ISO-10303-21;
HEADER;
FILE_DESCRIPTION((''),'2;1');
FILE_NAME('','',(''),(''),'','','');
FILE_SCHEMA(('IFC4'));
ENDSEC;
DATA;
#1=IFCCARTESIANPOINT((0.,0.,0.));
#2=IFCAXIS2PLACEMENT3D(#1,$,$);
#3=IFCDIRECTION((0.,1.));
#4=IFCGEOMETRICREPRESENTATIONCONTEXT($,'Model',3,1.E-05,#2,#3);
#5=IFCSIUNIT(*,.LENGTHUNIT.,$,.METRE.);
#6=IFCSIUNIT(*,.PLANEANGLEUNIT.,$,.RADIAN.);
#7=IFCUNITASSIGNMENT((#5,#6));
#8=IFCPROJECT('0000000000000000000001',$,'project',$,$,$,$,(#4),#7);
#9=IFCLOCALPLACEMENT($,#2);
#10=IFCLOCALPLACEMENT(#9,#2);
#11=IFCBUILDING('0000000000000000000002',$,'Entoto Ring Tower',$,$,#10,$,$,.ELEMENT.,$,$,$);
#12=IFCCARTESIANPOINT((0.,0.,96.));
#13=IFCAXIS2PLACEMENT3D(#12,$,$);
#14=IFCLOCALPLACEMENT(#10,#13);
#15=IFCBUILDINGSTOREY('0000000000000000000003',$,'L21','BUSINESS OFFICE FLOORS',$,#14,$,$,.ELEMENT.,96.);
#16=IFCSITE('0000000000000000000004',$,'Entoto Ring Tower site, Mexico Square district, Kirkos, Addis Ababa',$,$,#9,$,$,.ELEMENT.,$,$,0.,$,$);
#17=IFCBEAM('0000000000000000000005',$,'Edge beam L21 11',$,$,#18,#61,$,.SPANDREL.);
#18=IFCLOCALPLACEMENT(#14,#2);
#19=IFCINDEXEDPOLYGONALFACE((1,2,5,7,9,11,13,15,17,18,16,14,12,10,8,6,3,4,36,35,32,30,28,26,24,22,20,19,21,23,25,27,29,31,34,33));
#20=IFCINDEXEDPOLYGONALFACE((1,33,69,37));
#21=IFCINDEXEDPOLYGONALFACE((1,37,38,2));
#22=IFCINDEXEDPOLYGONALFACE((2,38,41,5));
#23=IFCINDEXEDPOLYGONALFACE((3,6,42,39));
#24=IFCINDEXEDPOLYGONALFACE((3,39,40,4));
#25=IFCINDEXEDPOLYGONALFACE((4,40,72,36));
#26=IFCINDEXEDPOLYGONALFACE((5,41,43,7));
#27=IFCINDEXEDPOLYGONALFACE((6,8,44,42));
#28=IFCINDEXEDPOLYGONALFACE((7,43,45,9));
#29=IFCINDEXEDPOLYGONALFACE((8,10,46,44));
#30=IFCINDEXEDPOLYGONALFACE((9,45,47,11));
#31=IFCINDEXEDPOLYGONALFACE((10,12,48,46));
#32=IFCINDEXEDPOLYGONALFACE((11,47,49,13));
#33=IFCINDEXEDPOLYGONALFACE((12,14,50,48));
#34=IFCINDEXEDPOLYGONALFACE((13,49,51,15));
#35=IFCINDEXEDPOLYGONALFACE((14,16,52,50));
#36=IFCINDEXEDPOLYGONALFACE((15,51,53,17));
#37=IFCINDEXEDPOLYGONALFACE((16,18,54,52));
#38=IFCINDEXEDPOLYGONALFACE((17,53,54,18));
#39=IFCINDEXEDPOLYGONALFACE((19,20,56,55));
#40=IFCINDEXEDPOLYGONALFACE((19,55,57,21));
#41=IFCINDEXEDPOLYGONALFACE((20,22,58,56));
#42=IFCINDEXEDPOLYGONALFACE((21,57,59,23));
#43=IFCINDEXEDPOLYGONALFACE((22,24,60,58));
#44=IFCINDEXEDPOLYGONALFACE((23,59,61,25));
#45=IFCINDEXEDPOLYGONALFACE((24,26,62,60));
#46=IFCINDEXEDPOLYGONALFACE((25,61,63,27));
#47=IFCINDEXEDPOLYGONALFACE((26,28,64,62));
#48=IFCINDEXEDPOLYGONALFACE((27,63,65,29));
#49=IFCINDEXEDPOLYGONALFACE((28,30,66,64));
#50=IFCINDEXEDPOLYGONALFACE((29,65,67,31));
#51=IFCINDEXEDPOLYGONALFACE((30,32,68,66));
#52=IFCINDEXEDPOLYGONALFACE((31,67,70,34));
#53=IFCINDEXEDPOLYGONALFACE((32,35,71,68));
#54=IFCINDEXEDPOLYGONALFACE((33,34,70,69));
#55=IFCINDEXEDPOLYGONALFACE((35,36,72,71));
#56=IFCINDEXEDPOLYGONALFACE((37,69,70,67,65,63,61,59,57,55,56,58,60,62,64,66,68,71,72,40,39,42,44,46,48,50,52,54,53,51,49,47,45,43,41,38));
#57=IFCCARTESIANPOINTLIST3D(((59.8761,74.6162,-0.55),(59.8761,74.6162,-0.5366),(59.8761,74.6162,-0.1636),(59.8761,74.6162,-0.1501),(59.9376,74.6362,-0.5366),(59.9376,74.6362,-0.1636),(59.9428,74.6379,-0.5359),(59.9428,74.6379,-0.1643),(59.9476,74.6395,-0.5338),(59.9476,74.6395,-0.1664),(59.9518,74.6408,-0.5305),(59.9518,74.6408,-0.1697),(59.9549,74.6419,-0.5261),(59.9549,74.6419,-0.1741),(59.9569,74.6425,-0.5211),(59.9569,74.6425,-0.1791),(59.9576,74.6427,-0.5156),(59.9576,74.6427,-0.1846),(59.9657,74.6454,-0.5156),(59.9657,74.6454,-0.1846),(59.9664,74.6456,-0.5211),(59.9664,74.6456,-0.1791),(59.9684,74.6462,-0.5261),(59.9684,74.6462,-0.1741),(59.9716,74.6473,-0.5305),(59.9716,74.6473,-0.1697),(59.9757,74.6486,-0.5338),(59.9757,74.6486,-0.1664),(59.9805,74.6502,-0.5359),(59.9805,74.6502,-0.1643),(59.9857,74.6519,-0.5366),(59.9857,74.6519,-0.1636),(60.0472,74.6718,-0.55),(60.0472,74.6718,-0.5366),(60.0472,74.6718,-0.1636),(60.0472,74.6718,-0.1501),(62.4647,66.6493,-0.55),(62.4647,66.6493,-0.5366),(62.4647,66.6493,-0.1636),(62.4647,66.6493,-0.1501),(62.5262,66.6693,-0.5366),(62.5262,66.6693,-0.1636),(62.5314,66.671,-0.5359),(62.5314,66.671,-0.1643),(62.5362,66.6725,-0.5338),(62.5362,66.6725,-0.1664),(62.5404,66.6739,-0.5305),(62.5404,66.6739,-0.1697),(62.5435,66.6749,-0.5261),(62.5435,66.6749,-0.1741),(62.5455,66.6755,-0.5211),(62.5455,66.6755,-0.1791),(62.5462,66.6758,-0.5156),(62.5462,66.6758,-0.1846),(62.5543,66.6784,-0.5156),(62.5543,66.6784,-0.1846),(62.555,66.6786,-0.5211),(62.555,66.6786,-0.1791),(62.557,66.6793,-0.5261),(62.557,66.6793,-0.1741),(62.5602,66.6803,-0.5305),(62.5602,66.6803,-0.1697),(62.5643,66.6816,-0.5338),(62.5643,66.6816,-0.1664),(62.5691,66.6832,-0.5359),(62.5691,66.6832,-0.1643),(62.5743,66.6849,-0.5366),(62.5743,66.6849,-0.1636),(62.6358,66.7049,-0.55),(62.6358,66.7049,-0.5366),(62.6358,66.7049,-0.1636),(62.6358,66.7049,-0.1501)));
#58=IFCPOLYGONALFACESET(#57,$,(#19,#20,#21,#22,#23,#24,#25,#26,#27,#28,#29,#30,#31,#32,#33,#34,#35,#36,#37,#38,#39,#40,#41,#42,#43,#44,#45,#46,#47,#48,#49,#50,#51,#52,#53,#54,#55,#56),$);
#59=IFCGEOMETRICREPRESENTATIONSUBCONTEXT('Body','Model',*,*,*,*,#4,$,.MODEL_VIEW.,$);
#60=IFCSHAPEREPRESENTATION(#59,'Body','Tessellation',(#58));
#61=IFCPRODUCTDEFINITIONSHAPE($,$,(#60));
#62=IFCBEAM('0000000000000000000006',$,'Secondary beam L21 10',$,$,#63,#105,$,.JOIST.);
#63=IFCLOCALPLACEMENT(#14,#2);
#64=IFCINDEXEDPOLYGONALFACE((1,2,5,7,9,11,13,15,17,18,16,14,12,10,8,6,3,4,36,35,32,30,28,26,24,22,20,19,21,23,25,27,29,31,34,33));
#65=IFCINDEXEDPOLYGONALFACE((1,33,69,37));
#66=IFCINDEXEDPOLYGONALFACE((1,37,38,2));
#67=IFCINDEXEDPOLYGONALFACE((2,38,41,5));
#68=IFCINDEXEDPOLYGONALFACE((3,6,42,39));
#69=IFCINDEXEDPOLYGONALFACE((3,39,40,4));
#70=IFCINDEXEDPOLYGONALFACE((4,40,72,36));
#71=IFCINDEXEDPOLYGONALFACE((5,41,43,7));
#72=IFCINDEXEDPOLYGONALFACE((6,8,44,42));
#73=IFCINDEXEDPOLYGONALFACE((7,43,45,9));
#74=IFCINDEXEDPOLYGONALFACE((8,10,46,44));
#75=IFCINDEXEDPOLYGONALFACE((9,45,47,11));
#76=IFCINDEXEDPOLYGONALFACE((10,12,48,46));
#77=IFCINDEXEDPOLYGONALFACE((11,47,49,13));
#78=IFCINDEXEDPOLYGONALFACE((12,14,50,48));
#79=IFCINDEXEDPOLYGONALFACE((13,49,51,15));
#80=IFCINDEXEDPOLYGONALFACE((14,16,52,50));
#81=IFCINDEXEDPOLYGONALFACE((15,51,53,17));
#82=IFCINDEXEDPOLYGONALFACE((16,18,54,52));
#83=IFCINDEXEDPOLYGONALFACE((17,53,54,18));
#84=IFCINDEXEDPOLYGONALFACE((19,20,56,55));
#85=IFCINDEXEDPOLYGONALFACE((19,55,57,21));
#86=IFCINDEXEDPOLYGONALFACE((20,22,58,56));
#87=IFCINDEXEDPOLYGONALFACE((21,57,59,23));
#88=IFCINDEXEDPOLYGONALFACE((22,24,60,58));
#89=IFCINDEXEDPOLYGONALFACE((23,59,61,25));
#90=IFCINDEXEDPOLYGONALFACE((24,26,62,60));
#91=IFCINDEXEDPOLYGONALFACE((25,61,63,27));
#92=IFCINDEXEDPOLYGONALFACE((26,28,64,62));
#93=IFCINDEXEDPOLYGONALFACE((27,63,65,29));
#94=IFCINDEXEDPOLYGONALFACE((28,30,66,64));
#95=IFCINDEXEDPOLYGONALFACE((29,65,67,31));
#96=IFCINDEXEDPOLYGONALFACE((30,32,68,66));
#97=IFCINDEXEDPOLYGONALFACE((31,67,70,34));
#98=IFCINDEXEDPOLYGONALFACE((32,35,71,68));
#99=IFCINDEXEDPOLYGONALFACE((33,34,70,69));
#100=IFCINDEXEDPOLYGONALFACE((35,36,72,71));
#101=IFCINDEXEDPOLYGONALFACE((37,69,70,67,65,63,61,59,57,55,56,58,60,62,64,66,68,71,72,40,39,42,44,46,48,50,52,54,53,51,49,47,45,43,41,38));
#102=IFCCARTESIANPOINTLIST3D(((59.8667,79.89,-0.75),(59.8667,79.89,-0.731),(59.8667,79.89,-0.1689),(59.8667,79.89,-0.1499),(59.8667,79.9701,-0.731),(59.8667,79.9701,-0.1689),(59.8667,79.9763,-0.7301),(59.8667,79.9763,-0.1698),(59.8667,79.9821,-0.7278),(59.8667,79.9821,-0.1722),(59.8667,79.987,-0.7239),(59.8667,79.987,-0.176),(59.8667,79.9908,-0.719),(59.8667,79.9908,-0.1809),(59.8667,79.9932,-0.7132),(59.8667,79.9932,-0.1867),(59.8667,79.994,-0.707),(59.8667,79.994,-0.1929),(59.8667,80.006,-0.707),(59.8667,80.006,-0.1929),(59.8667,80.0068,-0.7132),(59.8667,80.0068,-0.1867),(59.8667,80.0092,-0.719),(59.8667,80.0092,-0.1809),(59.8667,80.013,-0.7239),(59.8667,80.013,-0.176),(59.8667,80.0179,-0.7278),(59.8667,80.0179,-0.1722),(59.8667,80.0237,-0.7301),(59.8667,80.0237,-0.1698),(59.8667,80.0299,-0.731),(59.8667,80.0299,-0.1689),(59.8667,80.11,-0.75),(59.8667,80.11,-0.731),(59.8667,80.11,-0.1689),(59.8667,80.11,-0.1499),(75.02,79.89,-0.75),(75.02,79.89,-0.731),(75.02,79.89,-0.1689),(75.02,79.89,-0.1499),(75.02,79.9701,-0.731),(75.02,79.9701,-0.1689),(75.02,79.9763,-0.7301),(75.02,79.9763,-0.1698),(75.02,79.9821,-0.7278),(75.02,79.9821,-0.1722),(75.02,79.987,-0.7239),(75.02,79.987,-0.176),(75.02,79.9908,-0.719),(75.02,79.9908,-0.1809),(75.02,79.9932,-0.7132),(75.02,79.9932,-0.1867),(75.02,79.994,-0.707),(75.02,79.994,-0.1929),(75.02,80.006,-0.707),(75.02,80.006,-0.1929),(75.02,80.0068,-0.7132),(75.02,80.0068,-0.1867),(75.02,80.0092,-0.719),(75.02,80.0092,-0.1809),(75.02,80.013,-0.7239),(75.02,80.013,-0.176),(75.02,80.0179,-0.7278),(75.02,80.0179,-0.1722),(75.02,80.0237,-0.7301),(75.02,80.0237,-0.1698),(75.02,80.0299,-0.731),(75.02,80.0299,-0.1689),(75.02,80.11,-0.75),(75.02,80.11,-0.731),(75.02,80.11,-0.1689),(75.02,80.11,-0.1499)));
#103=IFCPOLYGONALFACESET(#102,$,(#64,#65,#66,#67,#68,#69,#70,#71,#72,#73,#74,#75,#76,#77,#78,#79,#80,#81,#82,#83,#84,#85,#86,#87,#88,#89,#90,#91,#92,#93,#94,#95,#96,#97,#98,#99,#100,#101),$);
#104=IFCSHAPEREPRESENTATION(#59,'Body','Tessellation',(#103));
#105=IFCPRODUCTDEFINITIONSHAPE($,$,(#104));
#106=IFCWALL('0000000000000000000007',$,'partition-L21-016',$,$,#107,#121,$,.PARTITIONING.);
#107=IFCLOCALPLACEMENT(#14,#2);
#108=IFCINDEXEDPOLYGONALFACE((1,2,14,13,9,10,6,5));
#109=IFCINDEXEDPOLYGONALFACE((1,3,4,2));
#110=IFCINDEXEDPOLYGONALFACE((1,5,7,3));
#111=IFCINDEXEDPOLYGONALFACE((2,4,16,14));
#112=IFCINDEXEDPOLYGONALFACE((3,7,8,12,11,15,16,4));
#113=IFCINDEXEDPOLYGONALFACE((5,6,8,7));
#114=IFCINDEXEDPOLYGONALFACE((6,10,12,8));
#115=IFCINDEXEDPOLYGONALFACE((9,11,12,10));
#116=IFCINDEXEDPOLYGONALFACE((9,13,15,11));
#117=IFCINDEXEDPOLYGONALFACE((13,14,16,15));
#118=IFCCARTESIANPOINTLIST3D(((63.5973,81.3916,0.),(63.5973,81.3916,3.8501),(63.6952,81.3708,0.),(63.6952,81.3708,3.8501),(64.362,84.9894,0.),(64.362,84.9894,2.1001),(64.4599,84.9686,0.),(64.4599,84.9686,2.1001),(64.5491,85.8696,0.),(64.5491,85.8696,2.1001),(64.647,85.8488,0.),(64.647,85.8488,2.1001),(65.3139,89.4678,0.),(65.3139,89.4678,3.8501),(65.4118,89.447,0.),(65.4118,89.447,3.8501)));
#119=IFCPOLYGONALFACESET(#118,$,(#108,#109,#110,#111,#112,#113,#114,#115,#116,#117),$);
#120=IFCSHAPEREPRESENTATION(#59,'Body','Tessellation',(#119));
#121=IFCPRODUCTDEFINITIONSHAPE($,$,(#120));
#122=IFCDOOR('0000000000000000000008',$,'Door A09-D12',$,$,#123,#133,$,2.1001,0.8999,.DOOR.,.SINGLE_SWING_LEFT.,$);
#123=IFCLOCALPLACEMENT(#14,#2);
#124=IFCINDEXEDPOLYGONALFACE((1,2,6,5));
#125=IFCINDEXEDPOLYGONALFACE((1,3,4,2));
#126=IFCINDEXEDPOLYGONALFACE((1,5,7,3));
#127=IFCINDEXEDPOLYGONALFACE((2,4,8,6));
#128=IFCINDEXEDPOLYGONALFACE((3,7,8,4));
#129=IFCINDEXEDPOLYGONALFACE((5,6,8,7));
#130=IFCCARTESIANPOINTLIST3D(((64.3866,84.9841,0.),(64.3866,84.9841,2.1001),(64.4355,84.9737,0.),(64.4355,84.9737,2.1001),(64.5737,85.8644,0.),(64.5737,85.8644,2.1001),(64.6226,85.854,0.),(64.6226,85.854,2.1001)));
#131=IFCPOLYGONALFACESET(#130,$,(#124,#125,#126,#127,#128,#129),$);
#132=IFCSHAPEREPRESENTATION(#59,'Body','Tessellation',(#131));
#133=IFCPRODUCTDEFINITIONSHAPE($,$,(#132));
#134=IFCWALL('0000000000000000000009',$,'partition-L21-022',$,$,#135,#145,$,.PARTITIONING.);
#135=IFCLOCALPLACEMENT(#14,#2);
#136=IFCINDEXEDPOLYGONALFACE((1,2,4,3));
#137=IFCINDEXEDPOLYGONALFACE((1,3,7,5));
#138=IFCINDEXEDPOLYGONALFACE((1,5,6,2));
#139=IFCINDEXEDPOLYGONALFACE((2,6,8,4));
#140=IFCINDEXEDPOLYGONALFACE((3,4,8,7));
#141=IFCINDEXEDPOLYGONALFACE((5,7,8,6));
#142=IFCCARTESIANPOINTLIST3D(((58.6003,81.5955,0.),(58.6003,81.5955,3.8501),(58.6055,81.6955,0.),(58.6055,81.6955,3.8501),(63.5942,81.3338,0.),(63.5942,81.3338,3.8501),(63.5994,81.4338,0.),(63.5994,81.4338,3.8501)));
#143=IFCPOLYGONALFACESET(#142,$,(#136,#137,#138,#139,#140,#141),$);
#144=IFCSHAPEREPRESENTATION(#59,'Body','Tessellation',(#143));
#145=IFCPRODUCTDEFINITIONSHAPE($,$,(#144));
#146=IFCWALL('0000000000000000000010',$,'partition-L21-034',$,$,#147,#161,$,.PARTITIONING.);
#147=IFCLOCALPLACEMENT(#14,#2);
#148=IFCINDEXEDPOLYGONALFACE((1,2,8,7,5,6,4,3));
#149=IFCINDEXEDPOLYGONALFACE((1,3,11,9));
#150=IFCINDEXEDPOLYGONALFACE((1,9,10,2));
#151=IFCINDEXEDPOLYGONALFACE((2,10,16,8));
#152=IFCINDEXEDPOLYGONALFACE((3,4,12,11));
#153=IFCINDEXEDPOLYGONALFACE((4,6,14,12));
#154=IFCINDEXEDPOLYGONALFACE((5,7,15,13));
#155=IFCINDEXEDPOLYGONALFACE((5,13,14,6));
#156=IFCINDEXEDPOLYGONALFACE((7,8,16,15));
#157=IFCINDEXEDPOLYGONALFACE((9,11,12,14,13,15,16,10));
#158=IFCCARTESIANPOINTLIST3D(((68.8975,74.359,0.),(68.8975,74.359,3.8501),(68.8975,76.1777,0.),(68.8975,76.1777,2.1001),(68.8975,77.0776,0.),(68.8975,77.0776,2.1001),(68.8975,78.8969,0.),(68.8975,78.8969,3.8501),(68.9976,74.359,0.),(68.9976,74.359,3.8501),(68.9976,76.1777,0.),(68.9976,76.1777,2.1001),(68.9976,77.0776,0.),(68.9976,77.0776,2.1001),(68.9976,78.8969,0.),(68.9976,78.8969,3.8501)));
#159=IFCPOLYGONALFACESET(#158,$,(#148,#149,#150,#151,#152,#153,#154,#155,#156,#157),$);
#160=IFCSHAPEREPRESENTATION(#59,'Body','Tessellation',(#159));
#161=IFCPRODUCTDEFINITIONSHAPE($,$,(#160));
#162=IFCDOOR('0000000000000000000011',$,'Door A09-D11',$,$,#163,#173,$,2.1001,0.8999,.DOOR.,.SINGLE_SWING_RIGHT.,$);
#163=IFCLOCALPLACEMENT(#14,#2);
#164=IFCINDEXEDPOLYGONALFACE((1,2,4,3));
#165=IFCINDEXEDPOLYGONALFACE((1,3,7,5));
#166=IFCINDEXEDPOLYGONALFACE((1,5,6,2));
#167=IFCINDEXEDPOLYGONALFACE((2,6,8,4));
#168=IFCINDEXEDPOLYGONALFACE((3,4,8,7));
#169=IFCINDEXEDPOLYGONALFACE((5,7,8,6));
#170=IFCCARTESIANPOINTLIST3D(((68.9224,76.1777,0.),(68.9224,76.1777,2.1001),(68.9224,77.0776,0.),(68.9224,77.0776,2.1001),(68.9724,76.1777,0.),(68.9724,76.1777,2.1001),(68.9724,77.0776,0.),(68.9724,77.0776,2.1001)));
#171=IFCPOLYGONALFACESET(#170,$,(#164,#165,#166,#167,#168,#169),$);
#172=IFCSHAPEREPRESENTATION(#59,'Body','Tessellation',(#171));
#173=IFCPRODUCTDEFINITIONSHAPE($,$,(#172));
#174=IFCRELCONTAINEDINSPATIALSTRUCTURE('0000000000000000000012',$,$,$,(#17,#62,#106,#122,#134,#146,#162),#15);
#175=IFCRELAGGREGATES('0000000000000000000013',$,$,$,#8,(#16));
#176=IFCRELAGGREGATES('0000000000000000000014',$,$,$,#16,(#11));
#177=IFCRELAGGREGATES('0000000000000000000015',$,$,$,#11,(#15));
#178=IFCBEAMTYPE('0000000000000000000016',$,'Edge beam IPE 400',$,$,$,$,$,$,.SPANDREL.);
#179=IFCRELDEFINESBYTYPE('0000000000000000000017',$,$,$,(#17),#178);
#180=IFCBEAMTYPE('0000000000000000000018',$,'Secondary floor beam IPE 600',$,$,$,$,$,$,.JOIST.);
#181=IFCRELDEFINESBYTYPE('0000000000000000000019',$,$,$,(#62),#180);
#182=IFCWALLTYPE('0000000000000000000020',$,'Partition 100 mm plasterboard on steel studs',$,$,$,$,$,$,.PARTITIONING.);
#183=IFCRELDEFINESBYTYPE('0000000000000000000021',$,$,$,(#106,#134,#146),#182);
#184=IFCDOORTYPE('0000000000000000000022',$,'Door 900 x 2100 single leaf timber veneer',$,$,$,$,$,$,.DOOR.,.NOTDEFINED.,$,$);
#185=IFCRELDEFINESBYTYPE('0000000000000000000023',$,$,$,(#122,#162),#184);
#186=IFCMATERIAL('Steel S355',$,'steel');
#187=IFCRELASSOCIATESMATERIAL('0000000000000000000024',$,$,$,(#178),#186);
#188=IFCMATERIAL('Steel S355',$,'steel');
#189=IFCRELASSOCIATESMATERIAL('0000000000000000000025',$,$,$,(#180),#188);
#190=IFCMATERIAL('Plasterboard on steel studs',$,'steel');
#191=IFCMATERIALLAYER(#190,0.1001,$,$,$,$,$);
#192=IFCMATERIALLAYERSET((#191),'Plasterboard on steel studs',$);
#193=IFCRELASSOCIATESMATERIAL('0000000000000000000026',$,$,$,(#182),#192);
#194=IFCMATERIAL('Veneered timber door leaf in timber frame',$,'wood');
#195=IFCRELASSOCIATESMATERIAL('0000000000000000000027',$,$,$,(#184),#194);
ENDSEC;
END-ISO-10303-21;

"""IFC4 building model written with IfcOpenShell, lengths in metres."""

from ifc_helpers import new_model, si_unit, direction, frame, frame_2d, origin, origin_2d, place, context, subcontext, project, spatial, rectangle, i_section, extrude, material, layer, layer_set, material_profile, profile_set, type_object, element, fill, save


model = new_model("IFC4")

# Units and contexts
model_context = context("Model", 3, precision=1e-05, world=origin(), true_north=direction((0.0, 1.0)))
body_context = subcontext(model_context, "Body", "Model", "MODEL_VIEW")
ifc_project = project(units=[si_unit("LENGTHUNIT", "METRE"), si_unit("PLANEANGLEUNIT", "RADIAN")], contexts=[model_context])

# Site, building, storey
site_placement = place(None, origin())
site = spatial("IfcSite", under=ifc_project, at=site_placement, Name="Entoto Ring Tower site, Mexico Square district, Kirkos, Addis Ababa", CompositionType="ELEMENT", RefElevation=0.0)
building_placement = place(site_placement, origin())
building = spatial("IfcBuilding", under=site, at=building_placement, Name="Entoto Ring Tower", CompositionType="ELEMENT")
storey_placement = place(building_placement, frame((0.0, 0.0, 96.0)))
storey = spatial("IfcBuildingStorey", under=building, at=storey_placement, Name="L21", Description="BUSINESS OFFICE FLOORS", CompositionType="ELEMENT", Elevation=96.0)

# Beams
ifc_material_1 = material(Name="Steel S355", Category="steel")
ifc_material_profile_1 = material_profile(ifc_material_1, i_section(OverallWidth=0.1799, OverallDepth=0.3999, WebThickness=0.0085, FlangeThickness=0.0134, FilletRadius=0.021, at=origin_2d()), Name="IPE 400")
ifc_profile_set_1 = profile_set([ifc_material_profile_1], Name="Steel S355")
beam_type_1 = type_object("IfcBeamType", Name="Edge beam IPE 400", PredefinedType="SPANDREL", material=ifc_profile_set_1)
for number, where, z_axis, x_axis, name in (
    (1, (59.9617, 74.644, -0.3501), (0.309014, -0.951057, 0.0), (0.951057, 0.309014, 0.0), "Edge beam L21 11"),
):
    element("IfcBeam", number, at=place(storey_placement, frame(where, z_axis=z_axis, x_axis=x_axis)), inside=storey, type_object=beam_type_1, Name=name, PredefinedType="SPANDREL", context=body_context, shape_type="SweptSolid", body=[
        extrude(i_section(OverallWidth=0.1799, OverallDepth=0.3999, WebThickness=0.0085, FlangeThickness=0.0134, FilletRadius=0.021, at=origin_2d()), origin(), (0.0, 0.0, 1.0), 8.377),
    ])
ifc_material_2 = material(Name="Steel S355", Category="steel")
ifc_material_profile_2 = material_profile(ifc_material_2, i_section(OverallWidth=0.22, OverallDepth=0.6001, WebThickness=0.012, FlangeThickness=0.019, FilletRadius=0.0239, at=origin_2d()), Name="IPE 600")
ifc_profile_set_2 = profile_set([ifc_material_profile_2], Name="Steel S355")
beam_type_2 = type_object("IfcBeamType", Name="Secondary floor beam IPE 600", PredefinedType="JOIST", material=ifc_profile_set_2)
beam_placement = place(storey_placement, frame((75.02, 80.0, -0.45), z_axis=(-1.0, 0.0, 0.0), x_axis=(0.0, -1.0, 0.0)))
element("IfcBeam", 2, at=beam_placement, inside=storey, type_object=beam_type_2, Name="Secondary beam L21 10", PredefinedType="JOIST", context=body_context, shape_type="SweptSolid", body=[
    extrude(i_section(OverallWidth=0.22, OverallDepth=0.6001, WebThickness=0.012, FlangeThickness=0.019, FilletRadius=0.0239, at=origin_2d()), origin(), (0.0, 0.0, 1.0), 15.1533),
])

# Wall, opening, door
ifc_material_3 = material(Name="Plasterboard on steel studs", Category="steel")
ifc_layer = layer(ifc_material_3, 0.1001)
ifc_layer_set = layer_set([ifc_layer], Name="Plasterboard on steel studs")
wall_type = type_object("IfcWallType", Name="Partition 100 mm plasterboard on steel studs", PredefinedType="PARTITIONING", material=ifc_layer_set)
wall_1_placement = place(storey_placement, frame((63.6462, 81.3811, 0.0), z_axis=(0.0, 0.0, 1.0), x_axis=(0.207901, 0.97815, 0.0)))
wall_1 = element("IfcWall", 3, at=wall_1_placement, inside=storey, type_object=wall_type, Name="partition-L21-016", PredefinedType="PARTITIONING", context=body_context, shape_type="SweptSolid", body=[
    extrude(rectangle(XDim=8.2566, YDim=0.1001, at=frame_2d((4.1284, 0.0))), origin(), (0.0, 0.0, 1.0), 3.8501),
])
opening_1_placement = place(wall_1_placement, frame((3.6782, 0.0, 0.0)))
opening_1 = element("IfcOpeningElement", 4, at=opening_1_placement, cuts=wall_1, PredefinedType="OPENING", context=body_context, shape_type="SweptSolid", body=[
    extrude(rectangle(XDim=0.8999, YDim=2.1001, at=frame_2d((0.45, 1.05))), frame((0.0, 0.0601, 0.0), z_axis=(0.0, -1.0, 0.0), x_axis=(1.0, 0.0, 0.0)), (0.0, 0.0, 1.0), 0.1201),
])
ifc_material_4 = material(Name="Veneered timber door leaf in timber frame", Category="wood")
door_type = type_object("IfcDoorType", Name="Door 900 x 2100 single leaf timber veneer", OperationType="NOTDEFINED", PredefinedType="DOOR", material=ifc_material_4)
door_1_placement = place(opening_1_placement, origin())
door_1 = element("IfcDoor", 5, at=door_1_placement, inside=storey, type_object=door_type, Name="Door A09-D12", OperationType="SINGLE_SWING_LEFT", OverallHeight=2.1001, OverallWidth=0.8999, PredefinedType="DOOR", context=body_context, shape_type="SweptSolid", body=[
    extrude(rectangle(XDim=0.8999, YDim=2.1001, at=frame_2d((0.45, 1.05))), frame((0.0, 0.0249, 0.0), z_axis=(0.0, -1.0, 0.0), x_axis=(1.0, 0.0, 0.0)), (0.0, 0.0, 1.0), 0.05),
])
fill(opening_1, door_1)

# Wall
wall_2_placement = place(storey_placement, frame((63.5969, 81.3838, 0.0), z_axis=(0.0, 0.0, 1.0), x_axis=(-0.99863, 0.052336, 0.0)))
element("IfcWall", 6, at=wall_2_placement, inside=storey, type_object=wall_type, Name="partition-L21-022", PredefinedType="PARTITIONING", context=body_context, shape_type="SweptSolid", body=[
    extrude(rectangle(XDim=5.0007, YDim=0.1001, at=frame_2d((2.5005, 0.0))), origin(), (0.0, 0.0, 1.0), 3.8501),
])

# Wall, opening, door
wall_3_placement = place(storey_placement, frame((68.9475, 74.3589, 0.0), z_axis=(0.0, 0.0, 1.0), x_axis=(0.0, 1.0, 0.0)))
wall_3 = element("IfcWall", 7, at=wall_3_placement, inside=storey, type_object=wall_type, Name="partition-L21-034", PredefinedType="PARTITIONING", context=body_context, shape_type="SweptSolid", body=[
    extrude(rectangle(XDim=4.5378, YDim=0.1001, at=frame_2d((2.269, 0.0))), origin(), (0.0, 0.0, 1.0), 3.8501),
])
opening_2_placement = place(wall_3_placement, frame((1.8188, 0.0, 0.0)))
opening_2 = element("IfcOpeningElement", 8, at=opening_2_placement, cuts=wall_3, PredefinedType="OPENING", context=body_context, shape_type="SweptSolid", body=[
    extrude(rectangle(XDim=0.8999, YDim=2.1001, at=frame_2d((0.45, 1.05))), frame((0.0, 0.0601, 0.0), z_axis=(0.0, -1.0, 0.0), x_axis=(1.0, 0.0, 0.0)), (0.0, 0.0, 1.0), 0.1201),
])
door_2_placement = place(opening_2_placement, frame((0.8999, 0.0, 0.0), z_axis=(0.0, 0.0, 1.0), x_axis=(-1.0, 0.0, 0.0)))
door_2 = element("IfcDoor", 9, at=door_2_placement, inside=storey, type_object=door_type, Name="Door A09-D11", OperationType="SINGLE_SWING_RIGHT", OverallHeight=2.1001, OverallWidth=0.8999, PredefinedType="DOOR", context=body_context, shape_type="SweptSolid", body=[
    extrude(rectangle(XDim=0.8999, YDim=2.1001, at=frame_2d((0.45, 1.05))), frame((0.0, 0.0249, 0.0), z_axis=(0.0, -1.0, 0.0), x_axis=(1.0, 0.0, 0.0)), (0.0, 0.0, 1.0), 0.05),
])
fill(opening_2, door_2)

save(model, "model.ifc")
